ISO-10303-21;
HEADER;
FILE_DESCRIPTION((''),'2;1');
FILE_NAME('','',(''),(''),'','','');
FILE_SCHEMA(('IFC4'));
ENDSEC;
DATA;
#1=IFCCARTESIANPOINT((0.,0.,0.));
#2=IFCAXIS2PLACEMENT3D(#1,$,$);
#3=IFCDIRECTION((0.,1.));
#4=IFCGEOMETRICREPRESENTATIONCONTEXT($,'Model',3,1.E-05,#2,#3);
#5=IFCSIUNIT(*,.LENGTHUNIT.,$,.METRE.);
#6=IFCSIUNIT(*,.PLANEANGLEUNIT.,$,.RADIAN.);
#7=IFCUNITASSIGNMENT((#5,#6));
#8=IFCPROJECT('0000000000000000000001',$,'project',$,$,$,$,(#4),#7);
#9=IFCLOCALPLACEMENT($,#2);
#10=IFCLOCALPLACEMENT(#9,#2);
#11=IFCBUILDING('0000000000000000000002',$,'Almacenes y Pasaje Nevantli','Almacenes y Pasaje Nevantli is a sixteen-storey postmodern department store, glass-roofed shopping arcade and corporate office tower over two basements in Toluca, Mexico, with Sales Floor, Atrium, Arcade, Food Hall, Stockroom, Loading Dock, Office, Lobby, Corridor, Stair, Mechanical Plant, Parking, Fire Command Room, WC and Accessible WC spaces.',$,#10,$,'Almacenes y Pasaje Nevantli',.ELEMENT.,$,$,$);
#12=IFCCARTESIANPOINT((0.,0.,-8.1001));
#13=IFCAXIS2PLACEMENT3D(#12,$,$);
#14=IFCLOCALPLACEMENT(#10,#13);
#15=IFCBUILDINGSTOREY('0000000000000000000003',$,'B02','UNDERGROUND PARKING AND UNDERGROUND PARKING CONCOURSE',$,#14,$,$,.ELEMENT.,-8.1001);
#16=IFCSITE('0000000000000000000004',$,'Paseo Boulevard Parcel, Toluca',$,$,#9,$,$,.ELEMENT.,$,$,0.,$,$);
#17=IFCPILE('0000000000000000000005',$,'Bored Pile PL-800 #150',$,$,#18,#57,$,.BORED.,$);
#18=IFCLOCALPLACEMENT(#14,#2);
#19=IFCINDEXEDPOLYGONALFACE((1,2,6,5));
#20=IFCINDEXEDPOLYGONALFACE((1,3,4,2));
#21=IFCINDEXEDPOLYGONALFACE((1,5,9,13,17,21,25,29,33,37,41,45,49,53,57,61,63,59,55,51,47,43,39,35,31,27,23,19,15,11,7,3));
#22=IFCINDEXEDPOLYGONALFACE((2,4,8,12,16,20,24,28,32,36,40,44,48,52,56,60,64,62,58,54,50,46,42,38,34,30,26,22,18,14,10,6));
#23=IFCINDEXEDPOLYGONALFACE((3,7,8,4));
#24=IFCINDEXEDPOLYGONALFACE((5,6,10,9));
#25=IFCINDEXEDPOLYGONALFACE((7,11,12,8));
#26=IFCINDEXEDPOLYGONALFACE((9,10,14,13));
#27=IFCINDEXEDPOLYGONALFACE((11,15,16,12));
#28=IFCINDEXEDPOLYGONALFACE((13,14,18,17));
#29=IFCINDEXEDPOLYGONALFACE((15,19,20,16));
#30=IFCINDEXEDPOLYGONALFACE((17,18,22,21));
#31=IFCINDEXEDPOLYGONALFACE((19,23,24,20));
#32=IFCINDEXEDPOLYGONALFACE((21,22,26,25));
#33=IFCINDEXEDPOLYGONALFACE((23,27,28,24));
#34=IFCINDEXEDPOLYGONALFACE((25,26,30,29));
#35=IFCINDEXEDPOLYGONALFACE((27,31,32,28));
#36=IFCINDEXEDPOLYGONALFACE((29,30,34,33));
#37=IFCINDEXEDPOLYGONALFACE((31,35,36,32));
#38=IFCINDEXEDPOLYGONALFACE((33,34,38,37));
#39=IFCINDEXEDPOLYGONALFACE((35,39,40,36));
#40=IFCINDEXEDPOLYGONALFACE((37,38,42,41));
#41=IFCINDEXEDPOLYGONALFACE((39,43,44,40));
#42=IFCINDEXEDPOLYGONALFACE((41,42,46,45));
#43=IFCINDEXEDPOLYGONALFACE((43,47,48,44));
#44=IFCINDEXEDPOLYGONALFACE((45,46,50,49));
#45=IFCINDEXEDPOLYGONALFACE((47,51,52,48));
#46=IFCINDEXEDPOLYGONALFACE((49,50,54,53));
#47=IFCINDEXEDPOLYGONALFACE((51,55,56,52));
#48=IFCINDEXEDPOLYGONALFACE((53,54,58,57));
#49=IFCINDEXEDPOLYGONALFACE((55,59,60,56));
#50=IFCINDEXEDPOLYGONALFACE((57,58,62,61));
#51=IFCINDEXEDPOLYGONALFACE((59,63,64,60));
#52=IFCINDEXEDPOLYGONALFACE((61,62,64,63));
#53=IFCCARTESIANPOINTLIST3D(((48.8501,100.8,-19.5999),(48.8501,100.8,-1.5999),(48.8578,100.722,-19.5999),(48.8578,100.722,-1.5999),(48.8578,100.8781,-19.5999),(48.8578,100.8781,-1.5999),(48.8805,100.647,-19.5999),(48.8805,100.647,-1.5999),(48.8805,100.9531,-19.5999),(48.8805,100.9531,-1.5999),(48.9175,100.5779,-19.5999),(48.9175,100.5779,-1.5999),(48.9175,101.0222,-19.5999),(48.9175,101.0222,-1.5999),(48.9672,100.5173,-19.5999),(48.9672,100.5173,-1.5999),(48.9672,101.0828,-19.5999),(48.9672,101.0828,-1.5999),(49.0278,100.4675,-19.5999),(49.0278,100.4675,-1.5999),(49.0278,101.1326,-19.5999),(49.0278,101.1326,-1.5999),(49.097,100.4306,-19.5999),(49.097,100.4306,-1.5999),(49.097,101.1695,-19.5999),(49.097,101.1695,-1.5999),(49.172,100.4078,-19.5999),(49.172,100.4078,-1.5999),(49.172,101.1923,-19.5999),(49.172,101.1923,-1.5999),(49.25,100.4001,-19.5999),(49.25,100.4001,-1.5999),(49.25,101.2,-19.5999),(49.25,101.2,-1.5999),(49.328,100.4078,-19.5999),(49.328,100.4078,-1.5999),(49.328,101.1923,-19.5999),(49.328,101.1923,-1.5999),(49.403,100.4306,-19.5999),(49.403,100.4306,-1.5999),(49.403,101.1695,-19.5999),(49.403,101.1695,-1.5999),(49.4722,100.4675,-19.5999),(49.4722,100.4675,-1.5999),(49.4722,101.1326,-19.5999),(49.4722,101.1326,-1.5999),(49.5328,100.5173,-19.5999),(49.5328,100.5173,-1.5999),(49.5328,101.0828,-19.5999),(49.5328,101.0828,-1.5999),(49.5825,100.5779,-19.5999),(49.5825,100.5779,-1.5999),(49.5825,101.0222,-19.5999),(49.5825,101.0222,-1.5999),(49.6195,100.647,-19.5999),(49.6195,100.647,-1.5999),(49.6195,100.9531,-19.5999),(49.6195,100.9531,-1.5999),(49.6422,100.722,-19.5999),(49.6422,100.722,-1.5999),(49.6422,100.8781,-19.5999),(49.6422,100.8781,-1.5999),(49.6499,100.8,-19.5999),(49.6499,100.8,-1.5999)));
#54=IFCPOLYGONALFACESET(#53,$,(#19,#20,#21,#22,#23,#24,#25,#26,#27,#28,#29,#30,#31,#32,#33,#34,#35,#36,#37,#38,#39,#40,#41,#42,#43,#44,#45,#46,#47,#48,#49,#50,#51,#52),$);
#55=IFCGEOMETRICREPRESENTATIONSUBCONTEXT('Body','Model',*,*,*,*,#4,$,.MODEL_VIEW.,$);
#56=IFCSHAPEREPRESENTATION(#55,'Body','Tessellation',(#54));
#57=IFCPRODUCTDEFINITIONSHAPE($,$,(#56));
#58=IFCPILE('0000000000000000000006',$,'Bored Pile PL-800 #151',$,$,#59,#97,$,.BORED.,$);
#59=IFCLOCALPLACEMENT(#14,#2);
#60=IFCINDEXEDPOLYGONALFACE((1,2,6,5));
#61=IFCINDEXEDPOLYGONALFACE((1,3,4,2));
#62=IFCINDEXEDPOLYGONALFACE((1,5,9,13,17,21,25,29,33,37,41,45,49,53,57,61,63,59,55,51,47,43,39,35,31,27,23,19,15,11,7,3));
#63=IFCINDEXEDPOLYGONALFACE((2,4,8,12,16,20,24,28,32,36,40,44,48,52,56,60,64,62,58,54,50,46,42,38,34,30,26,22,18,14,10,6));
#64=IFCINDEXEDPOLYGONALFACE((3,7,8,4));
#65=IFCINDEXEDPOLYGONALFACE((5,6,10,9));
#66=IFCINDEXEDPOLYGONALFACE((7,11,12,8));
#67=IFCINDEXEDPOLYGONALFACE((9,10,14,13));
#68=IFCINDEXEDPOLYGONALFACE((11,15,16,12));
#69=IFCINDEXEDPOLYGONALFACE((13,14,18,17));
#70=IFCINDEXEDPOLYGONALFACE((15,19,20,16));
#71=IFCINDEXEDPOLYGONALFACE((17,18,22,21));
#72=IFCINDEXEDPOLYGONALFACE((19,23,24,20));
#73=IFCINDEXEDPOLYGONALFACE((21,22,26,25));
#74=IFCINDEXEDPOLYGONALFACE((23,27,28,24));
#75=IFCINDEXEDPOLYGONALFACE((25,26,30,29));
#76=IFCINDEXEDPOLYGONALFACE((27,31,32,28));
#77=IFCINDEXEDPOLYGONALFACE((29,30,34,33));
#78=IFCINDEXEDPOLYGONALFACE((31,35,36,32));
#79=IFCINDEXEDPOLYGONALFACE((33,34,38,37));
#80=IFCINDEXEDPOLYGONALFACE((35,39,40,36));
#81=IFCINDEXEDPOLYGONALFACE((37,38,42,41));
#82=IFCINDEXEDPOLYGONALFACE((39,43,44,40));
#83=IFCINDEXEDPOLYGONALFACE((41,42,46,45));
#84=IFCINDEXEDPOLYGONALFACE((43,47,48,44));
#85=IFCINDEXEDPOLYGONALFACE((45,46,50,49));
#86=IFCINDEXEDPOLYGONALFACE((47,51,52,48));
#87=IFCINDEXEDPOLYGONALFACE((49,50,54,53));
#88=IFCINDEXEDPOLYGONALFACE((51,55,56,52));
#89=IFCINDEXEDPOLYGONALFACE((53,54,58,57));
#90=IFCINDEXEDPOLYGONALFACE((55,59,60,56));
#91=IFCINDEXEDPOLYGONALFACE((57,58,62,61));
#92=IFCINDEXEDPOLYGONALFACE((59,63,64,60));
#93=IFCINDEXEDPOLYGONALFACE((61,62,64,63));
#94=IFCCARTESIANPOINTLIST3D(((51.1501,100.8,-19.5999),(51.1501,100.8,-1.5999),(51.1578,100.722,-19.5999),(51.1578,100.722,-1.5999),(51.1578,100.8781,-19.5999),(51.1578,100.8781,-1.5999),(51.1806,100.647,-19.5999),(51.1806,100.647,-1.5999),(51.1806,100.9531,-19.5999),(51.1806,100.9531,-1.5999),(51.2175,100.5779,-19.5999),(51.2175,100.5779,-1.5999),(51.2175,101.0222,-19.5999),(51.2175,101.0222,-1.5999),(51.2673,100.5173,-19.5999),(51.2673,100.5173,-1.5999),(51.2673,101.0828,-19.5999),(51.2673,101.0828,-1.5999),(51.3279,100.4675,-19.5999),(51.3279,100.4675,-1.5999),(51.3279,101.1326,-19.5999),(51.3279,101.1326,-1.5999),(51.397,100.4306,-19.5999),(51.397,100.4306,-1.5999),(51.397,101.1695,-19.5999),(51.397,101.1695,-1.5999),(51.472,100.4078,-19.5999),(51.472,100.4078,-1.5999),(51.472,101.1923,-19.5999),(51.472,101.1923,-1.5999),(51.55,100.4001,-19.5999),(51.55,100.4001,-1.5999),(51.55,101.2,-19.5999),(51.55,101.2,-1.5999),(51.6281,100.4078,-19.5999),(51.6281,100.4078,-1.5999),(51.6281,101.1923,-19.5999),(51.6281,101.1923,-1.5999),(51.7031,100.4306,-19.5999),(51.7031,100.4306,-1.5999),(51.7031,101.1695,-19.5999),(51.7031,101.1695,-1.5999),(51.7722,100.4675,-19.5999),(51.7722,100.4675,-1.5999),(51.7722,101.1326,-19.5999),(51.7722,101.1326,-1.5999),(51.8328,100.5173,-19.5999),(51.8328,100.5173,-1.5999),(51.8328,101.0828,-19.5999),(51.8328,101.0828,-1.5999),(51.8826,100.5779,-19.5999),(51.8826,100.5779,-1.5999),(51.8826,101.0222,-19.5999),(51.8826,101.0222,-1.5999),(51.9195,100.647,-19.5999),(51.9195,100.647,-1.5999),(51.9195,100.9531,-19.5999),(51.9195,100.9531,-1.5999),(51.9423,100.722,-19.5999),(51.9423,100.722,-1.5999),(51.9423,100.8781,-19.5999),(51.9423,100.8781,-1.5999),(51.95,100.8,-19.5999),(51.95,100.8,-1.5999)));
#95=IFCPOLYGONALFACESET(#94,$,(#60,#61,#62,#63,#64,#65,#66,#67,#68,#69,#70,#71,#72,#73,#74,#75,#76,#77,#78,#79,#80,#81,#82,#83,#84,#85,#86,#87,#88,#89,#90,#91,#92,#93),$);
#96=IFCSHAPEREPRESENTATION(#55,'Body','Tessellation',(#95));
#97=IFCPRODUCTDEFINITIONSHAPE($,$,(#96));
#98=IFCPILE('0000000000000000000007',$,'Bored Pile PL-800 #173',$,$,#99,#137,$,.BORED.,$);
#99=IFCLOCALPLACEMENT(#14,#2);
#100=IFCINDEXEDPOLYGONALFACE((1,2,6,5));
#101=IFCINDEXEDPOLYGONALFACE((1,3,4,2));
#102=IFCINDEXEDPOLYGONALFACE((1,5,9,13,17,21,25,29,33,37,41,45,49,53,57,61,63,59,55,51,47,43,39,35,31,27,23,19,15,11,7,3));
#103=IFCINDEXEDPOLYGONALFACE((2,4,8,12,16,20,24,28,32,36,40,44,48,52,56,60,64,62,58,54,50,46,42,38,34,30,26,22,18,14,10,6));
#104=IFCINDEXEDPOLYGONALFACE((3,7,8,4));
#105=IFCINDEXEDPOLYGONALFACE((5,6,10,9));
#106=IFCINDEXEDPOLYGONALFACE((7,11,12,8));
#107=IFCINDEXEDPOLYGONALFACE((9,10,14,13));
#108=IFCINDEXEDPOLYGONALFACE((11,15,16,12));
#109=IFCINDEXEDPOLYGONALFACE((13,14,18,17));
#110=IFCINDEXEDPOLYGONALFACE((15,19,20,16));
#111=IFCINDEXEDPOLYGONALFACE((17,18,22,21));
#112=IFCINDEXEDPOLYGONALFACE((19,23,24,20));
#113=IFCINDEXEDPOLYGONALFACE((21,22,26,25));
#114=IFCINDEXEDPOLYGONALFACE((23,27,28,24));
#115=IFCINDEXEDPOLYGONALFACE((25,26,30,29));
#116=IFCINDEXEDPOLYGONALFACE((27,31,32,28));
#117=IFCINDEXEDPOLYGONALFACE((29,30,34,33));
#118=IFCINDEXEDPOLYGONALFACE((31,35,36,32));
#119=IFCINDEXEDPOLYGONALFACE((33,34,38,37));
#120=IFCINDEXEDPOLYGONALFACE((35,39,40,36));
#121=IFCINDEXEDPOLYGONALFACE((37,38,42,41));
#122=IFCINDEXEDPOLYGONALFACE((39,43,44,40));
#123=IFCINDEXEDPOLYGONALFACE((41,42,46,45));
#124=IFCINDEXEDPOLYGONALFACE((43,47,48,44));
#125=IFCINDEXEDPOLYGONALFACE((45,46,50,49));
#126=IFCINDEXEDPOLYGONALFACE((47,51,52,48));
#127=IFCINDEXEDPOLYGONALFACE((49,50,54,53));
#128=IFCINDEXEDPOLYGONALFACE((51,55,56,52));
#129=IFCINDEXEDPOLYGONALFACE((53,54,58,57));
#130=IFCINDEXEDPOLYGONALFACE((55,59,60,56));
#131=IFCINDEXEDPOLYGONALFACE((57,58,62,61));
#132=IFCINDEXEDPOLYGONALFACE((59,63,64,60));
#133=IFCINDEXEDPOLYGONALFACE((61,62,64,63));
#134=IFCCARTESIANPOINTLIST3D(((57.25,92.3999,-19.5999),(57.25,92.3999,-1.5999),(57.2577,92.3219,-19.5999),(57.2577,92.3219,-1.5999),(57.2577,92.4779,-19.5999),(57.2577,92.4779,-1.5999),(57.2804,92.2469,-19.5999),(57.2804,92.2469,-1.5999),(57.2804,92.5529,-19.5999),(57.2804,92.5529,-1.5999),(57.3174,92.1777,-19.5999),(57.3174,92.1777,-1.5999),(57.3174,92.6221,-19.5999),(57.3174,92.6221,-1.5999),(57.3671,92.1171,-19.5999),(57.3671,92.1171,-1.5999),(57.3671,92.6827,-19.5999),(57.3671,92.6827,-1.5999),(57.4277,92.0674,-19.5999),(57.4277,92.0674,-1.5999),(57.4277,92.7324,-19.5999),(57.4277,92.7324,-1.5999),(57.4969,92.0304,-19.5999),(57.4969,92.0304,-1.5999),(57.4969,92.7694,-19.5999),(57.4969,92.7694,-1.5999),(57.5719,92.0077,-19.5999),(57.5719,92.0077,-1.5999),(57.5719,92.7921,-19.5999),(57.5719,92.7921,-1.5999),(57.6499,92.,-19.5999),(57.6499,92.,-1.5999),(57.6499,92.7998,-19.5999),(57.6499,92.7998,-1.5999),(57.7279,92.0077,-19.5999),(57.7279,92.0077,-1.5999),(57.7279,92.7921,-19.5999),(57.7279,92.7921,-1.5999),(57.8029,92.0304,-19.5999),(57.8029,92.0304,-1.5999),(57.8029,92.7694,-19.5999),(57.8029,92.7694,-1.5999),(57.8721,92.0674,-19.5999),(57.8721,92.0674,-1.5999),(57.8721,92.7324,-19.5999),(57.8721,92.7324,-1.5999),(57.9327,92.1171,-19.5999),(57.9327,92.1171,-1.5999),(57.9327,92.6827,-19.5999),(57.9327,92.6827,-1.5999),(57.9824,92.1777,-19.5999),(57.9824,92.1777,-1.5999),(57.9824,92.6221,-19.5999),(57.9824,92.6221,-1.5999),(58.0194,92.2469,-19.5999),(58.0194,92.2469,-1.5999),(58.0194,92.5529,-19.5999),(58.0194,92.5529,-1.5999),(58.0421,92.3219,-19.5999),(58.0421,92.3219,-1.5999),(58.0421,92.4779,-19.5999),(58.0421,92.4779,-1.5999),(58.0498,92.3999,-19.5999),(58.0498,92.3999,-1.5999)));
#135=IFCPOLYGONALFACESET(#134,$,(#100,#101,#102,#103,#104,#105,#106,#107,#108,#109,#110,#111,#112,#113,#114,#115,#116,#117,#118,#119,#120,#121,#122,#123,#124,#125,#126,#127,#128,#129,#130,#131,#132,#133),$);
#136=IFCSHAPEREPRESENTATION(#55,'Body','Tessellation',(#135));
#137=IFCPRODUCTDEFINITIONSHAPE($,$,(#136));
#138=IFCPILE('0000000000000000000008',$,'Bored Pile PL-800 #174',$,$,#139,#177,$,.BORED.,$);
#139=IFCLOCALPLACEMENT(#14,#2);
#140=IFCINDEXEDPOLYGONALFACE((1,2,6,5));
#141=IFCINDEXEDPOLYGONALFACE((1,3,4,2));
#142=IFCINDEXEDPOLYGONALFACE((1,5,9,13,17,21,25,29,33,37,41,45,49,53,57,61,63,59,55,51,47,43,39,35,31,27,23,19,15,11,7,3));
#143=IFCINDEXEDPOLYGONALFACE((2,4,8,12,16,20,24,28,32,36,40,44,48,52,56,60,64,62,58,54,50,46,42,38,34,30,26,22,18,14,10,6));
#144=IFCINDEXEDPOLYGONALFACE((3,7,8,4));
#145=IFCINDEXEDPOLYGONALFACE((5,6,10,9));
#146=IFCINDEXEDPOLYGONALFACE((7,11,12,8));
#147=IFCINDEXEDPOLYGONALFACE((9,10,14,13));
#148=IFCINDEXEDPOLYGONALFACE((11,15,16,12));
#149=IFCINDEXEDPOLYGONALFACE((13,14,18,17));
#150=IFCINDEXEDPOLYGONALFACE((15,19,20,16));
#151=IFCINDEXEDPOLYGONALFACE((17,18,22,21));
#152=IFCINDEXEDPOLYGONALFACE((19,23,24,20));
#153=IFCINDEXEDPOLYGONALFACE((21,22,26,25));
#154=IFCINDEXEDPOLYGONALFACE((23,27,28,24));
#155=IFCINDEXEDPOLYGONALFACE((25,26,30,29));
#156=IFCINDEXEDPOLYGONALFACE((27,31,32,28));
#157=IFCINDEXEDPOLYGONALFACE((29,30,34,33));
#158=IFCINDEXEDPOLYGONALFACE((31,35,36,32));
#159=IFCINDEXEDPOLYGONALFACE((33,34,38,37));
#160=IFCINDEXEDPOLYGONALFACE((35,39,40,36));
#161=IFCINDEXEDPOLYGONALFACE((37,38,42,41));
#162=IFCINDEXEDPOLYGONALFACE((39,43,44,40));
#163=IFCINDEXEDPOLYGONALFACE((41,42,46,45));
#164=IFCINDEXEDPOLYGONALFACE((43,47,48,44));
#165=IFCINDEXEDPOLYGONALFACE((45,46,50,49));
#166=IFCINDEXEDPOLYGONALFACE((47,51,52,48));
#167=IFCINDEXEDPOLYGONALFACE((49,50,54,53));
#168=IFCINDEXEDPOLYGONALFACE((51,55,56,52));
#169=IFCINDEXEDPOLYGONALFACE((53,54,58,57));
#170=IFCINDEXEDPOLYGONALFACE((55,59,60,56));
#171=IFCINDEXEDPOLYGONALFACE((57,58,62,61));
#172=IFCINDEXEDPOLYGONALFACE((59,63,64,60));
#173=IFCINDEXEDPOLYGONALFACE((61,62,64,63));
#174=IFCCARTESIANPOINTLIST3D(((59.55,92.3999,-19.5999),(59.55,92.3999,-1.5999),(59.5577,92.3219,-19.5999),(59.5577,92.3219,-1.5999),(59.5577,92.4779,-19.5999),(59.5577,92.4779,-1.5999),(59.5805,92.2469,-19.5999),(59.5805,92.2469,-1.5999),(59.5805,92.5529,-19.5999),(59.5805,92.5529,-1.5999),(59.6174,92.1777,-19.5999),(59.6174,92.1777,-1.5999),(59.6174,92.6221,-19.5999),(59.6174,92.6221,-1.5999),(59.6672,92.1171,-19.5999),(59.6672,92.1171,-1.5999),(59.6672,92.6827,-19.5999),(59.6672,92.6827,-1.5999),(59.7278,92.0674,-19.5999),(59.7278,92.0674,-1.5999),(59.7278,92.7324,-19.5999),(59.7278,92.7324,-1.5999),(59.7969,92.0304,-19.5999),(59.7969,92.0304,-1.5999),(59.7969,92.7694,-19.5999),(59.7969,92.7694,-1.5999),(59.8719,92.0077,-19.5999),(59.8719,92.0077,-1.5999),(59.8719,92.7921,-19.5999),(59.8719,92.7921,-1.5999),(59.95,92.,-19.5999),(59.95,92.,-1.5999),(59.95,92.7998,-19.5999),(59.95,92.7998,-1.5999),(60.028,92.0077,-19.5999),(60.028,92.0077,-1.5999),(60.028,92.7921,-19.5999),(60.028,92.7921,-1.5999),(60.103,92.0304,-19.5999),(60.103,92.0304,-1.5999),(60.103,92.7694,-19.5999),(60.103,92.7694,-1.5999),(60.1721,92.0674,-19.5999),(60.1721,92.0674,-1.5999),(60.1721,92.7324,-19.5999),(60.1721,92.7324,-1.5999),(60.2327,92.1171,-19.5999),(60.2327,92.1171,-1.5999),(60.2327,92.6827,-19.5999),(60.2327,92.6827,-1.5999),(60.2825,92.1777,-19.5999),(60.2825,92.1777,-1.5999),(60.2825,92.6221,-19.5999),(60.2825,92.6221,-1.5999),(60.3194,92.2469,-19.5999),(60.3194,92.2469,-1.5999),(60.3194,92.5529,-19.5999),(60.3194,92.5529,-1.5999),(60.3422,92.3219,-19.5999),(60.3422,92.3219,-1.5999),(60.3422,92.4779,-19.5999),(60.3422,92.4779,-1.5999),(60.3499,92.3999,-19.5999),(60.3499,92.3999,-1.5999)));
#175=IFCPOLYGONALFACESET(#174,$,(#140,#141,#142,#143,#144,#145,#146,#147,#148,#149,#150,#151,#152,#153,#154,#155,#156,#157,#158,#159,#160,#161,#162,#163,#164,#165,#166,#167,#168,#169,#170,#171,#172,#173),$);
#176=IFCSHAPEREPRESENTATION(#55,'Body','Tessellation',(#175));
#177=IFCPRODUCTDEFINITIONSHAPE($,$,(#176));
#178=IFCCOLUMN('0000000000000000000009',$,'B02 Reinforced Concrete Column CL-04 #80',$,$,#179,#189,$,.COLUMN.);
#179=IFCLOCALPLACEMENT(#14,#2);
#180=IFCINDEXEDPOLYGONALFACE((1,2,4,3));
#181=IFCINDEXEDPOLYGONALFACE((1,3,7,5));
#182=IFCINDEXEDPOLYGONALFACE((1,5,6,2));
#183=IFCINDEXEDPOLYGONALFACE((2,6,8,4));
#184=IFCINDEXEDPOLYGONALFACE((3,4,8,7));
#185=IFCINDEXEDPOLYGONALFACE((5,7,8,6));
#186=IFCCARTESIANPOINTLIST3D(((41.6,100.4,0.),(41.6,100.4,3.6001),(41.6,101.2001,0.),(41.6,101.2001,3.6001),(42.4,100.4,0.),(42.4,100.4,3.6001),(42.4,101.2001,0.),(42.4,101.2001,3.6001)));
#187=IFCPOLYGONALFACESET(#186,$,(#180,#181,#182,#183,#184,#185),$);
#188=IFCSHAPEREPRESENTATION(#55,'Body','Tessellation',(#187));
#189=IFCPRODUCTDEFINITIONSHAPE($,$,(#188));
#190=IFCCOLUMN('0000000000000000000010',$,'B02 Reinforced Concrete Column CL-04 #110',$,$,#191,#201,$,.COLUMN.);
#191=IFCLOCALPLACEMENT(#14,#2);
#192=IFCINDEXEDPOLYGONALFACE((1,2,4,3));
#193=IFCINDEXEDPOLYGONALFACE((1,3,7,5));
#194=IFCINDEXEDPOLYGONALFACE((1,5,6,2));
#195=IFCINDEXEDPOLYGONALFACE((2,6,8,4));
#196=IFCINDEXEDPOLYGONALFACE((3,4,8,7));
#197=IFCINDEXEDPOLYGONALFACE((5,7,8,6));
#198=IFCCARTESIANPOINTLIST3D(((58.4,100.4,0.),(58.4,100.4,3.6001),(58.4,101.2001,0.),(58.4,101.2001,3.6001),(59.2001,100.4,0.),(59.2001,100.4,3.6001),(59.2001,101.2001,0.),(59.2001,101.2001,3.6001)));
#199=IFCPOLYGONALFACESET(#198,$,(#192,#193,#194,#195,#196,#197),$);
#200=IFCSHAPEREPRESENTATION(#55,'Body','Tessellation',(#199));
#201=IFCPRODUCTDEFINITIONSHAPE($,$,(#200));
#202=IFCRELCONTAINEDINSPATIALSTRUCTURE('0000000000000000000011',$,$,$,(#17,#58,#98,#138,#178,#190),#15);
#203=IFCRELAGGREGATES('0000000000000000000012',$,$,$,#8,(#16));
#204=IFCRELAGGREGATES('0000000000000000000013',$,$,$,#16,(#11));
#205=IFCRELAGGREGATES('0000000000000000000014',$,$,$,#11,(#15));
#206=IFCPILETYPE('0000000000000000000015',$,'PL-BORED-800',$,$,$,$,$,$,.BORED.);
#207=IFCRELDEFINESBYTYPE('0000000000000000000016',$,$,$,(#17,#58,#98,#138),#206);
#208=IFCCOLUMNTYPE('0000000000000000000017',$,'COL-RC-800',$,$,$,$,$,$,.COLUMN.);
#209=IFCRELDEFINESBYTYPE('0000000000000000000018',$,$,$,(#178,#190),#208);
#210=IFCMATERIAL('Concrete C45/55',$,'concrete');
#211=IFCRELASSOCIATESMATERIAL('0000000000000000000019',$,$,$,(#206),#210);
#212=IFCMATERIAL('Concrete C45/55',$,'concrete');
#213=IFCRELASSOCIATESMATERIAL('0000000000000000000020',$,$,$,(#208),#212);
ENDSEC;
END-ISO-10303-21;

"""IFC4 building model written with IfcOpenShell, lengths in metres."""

from ifc_helpers import new_model, si_unit, direction, frame, origin, origin_2d, place, context, subcontext, project, spatial, rectangle, circle, extrude, material, material_profile, profile_set, type_object, element, save


model = new_model("IFC4")

# Units and contexts
model_context = context("Model", 3, precision=1e-05, world=origin(), true_north=direction((0.0, 1.0)))
body_context = subcontext(model_context, "Body", "Model", "MODEL_VIEW")
ifc_project = project(units=[si_unit("LENGTHUNIT", "METRE"), si_unit("PLANEANGLEUNIT", "RADIAN")], contexts=[model_context])

# Site, building, storey
site_placement = place(None, origin())
site = spatial("IfcSite", under=ifc_project, at=site_placement, Name="Paseo Boulevard Parcel, Toluca", CompositionType="ELEMENT", RefElevation=0.0)
building_placement = place(site_placement, origin())
building = spatial("IfcBuilding", under=site, at=building_placement, Name="Almacenes y Pasaje Nevantli", Description="Almacenes y Pasaje Nevantli is a sixteen-storey postmodern department store, glass-roofed shopping arcade and corporate office tower over two basements in Toluca, Mexico, with Sales Floor, Atrium, Arcade, Food Hall, Stockroom, Loading Dock, Office, Lobby, Corridor, Stair, Mechanical Plant, Parking, Fire Command Room, WC and Accessible WC spaces.", LongName="Almacenes y Pasaje Nevantli", CompositionType="ELEMENT")
storey_placement = place(building_placement, frame((0.0, 0.0, -8.1001)))
storey = spatial("IfcBuildingStorey", under=building, at=storey_placement, Name="B02", Description="UNDERGROUND PARKING AND UNDERGROUND PARKING CONCOURSE", CompositionType="ELEMENT", Elevation=-8.1001)

# Piles
ifc_material_1 = material(Name="Concrete C45/55", Category="concrete")
ifc_material_profile_1 = material_profile(ifc_material_1, circle(Radius=0.3999, at=origin_2d()), Name="RC-PILE-D800")
ifc_profile_set_1 = profile_set([ifc_material_profile_1], Name="Concrete C45/55")
pile_type_1 = type_object("IfcPileType", Name="PL-BORED-800", PredefinedType="BORED", material=ifc_profile_set_1)
for number, where, z_axis, x_axis, name in (
    (1, (49.25, 100.8, -1.5999), (0.0, 0.0, -1.0), (1.0, 0.0, 0.0), "Bored Pile PL-800 #150"),
    (2, (51.55, 100.8, -1.5999), (0.0, 0.0, -1.0), (1.0, 0.0, 0.0), "Bored Pile PL-800 #151"),
    (3, (57.6499, 92.3999, -1.5999), (0.0, 0.0, -1.0), (1.0, 0.0, 0.0), "Bored Pile PL-800 #173"),
    (4, (59.95, 92.3999, -1.5999), (0.0, 0.0, -1.0), (1.0, 0.0, 0.0), "Bored Pile PL-800 #174"),
):
    element("IfcPile", number, at=place(storey_placement, frame(where, z_axis=z_axis, x_axis=x_axis)), inside=storey, type_object=pile_type_1, Name=name, PredefinedType="BORED", context=body_context, shape_type="SweptSolid", body=[
        extrude(circle(Radius=0.3999, at=origin_2d()), origin(), (0.0, 0.0, 1.0), 18.0),
    ])

# Columns
ifc_material_2 = material(Name="Concrete C45/55", Category="concrete")
ifc_material_profile_2 = material_profile(ifc_material_2, rectangle(XDim=0.8, YDim=0.8, at=origin_2d()), Name="RC-COL-800x800")
ifc_profile_set_2 = profile_set([ifc_material_profile_2], Name="Concrete C45/55")
column_type_1 = type_object("IfcColumnType", Name="COL-RC-800", PredefinedType="COLUMN", material=ifc_profile_set_2)
for number, where, z_axis, x_axis, name in (
    (5, (42.0, 100.8, 0.0), (0.0, 0.0, 1.0), (1.0, 0.0, 0.0), "B02 Reinforced Concrete Column CL-04 #80"),
    (6, (58.8, 100.8, 0.0), (0.0, 0.0, 1.0), (1.0, 0.0, 0.0), "B02 Reinforced Concrete Column CL-04 #110"),
):
    element("IfcColumn", number, at=place(storey_placement, frame(where, z_axis=z_axis, x_axis=x_axis)), inside=storey, type_object=column_type_1, Name=name, PredefinedType="COLUMN", context=body_context, shape_type="SweptSolid", body=[
        extrude(rectangle(XDim=0.8, YDim=0.8, at=origin_2d()), origin(), (0.0, 0.0, 1.0), 3.6001),
    ])

save(model, "model.ifc")
